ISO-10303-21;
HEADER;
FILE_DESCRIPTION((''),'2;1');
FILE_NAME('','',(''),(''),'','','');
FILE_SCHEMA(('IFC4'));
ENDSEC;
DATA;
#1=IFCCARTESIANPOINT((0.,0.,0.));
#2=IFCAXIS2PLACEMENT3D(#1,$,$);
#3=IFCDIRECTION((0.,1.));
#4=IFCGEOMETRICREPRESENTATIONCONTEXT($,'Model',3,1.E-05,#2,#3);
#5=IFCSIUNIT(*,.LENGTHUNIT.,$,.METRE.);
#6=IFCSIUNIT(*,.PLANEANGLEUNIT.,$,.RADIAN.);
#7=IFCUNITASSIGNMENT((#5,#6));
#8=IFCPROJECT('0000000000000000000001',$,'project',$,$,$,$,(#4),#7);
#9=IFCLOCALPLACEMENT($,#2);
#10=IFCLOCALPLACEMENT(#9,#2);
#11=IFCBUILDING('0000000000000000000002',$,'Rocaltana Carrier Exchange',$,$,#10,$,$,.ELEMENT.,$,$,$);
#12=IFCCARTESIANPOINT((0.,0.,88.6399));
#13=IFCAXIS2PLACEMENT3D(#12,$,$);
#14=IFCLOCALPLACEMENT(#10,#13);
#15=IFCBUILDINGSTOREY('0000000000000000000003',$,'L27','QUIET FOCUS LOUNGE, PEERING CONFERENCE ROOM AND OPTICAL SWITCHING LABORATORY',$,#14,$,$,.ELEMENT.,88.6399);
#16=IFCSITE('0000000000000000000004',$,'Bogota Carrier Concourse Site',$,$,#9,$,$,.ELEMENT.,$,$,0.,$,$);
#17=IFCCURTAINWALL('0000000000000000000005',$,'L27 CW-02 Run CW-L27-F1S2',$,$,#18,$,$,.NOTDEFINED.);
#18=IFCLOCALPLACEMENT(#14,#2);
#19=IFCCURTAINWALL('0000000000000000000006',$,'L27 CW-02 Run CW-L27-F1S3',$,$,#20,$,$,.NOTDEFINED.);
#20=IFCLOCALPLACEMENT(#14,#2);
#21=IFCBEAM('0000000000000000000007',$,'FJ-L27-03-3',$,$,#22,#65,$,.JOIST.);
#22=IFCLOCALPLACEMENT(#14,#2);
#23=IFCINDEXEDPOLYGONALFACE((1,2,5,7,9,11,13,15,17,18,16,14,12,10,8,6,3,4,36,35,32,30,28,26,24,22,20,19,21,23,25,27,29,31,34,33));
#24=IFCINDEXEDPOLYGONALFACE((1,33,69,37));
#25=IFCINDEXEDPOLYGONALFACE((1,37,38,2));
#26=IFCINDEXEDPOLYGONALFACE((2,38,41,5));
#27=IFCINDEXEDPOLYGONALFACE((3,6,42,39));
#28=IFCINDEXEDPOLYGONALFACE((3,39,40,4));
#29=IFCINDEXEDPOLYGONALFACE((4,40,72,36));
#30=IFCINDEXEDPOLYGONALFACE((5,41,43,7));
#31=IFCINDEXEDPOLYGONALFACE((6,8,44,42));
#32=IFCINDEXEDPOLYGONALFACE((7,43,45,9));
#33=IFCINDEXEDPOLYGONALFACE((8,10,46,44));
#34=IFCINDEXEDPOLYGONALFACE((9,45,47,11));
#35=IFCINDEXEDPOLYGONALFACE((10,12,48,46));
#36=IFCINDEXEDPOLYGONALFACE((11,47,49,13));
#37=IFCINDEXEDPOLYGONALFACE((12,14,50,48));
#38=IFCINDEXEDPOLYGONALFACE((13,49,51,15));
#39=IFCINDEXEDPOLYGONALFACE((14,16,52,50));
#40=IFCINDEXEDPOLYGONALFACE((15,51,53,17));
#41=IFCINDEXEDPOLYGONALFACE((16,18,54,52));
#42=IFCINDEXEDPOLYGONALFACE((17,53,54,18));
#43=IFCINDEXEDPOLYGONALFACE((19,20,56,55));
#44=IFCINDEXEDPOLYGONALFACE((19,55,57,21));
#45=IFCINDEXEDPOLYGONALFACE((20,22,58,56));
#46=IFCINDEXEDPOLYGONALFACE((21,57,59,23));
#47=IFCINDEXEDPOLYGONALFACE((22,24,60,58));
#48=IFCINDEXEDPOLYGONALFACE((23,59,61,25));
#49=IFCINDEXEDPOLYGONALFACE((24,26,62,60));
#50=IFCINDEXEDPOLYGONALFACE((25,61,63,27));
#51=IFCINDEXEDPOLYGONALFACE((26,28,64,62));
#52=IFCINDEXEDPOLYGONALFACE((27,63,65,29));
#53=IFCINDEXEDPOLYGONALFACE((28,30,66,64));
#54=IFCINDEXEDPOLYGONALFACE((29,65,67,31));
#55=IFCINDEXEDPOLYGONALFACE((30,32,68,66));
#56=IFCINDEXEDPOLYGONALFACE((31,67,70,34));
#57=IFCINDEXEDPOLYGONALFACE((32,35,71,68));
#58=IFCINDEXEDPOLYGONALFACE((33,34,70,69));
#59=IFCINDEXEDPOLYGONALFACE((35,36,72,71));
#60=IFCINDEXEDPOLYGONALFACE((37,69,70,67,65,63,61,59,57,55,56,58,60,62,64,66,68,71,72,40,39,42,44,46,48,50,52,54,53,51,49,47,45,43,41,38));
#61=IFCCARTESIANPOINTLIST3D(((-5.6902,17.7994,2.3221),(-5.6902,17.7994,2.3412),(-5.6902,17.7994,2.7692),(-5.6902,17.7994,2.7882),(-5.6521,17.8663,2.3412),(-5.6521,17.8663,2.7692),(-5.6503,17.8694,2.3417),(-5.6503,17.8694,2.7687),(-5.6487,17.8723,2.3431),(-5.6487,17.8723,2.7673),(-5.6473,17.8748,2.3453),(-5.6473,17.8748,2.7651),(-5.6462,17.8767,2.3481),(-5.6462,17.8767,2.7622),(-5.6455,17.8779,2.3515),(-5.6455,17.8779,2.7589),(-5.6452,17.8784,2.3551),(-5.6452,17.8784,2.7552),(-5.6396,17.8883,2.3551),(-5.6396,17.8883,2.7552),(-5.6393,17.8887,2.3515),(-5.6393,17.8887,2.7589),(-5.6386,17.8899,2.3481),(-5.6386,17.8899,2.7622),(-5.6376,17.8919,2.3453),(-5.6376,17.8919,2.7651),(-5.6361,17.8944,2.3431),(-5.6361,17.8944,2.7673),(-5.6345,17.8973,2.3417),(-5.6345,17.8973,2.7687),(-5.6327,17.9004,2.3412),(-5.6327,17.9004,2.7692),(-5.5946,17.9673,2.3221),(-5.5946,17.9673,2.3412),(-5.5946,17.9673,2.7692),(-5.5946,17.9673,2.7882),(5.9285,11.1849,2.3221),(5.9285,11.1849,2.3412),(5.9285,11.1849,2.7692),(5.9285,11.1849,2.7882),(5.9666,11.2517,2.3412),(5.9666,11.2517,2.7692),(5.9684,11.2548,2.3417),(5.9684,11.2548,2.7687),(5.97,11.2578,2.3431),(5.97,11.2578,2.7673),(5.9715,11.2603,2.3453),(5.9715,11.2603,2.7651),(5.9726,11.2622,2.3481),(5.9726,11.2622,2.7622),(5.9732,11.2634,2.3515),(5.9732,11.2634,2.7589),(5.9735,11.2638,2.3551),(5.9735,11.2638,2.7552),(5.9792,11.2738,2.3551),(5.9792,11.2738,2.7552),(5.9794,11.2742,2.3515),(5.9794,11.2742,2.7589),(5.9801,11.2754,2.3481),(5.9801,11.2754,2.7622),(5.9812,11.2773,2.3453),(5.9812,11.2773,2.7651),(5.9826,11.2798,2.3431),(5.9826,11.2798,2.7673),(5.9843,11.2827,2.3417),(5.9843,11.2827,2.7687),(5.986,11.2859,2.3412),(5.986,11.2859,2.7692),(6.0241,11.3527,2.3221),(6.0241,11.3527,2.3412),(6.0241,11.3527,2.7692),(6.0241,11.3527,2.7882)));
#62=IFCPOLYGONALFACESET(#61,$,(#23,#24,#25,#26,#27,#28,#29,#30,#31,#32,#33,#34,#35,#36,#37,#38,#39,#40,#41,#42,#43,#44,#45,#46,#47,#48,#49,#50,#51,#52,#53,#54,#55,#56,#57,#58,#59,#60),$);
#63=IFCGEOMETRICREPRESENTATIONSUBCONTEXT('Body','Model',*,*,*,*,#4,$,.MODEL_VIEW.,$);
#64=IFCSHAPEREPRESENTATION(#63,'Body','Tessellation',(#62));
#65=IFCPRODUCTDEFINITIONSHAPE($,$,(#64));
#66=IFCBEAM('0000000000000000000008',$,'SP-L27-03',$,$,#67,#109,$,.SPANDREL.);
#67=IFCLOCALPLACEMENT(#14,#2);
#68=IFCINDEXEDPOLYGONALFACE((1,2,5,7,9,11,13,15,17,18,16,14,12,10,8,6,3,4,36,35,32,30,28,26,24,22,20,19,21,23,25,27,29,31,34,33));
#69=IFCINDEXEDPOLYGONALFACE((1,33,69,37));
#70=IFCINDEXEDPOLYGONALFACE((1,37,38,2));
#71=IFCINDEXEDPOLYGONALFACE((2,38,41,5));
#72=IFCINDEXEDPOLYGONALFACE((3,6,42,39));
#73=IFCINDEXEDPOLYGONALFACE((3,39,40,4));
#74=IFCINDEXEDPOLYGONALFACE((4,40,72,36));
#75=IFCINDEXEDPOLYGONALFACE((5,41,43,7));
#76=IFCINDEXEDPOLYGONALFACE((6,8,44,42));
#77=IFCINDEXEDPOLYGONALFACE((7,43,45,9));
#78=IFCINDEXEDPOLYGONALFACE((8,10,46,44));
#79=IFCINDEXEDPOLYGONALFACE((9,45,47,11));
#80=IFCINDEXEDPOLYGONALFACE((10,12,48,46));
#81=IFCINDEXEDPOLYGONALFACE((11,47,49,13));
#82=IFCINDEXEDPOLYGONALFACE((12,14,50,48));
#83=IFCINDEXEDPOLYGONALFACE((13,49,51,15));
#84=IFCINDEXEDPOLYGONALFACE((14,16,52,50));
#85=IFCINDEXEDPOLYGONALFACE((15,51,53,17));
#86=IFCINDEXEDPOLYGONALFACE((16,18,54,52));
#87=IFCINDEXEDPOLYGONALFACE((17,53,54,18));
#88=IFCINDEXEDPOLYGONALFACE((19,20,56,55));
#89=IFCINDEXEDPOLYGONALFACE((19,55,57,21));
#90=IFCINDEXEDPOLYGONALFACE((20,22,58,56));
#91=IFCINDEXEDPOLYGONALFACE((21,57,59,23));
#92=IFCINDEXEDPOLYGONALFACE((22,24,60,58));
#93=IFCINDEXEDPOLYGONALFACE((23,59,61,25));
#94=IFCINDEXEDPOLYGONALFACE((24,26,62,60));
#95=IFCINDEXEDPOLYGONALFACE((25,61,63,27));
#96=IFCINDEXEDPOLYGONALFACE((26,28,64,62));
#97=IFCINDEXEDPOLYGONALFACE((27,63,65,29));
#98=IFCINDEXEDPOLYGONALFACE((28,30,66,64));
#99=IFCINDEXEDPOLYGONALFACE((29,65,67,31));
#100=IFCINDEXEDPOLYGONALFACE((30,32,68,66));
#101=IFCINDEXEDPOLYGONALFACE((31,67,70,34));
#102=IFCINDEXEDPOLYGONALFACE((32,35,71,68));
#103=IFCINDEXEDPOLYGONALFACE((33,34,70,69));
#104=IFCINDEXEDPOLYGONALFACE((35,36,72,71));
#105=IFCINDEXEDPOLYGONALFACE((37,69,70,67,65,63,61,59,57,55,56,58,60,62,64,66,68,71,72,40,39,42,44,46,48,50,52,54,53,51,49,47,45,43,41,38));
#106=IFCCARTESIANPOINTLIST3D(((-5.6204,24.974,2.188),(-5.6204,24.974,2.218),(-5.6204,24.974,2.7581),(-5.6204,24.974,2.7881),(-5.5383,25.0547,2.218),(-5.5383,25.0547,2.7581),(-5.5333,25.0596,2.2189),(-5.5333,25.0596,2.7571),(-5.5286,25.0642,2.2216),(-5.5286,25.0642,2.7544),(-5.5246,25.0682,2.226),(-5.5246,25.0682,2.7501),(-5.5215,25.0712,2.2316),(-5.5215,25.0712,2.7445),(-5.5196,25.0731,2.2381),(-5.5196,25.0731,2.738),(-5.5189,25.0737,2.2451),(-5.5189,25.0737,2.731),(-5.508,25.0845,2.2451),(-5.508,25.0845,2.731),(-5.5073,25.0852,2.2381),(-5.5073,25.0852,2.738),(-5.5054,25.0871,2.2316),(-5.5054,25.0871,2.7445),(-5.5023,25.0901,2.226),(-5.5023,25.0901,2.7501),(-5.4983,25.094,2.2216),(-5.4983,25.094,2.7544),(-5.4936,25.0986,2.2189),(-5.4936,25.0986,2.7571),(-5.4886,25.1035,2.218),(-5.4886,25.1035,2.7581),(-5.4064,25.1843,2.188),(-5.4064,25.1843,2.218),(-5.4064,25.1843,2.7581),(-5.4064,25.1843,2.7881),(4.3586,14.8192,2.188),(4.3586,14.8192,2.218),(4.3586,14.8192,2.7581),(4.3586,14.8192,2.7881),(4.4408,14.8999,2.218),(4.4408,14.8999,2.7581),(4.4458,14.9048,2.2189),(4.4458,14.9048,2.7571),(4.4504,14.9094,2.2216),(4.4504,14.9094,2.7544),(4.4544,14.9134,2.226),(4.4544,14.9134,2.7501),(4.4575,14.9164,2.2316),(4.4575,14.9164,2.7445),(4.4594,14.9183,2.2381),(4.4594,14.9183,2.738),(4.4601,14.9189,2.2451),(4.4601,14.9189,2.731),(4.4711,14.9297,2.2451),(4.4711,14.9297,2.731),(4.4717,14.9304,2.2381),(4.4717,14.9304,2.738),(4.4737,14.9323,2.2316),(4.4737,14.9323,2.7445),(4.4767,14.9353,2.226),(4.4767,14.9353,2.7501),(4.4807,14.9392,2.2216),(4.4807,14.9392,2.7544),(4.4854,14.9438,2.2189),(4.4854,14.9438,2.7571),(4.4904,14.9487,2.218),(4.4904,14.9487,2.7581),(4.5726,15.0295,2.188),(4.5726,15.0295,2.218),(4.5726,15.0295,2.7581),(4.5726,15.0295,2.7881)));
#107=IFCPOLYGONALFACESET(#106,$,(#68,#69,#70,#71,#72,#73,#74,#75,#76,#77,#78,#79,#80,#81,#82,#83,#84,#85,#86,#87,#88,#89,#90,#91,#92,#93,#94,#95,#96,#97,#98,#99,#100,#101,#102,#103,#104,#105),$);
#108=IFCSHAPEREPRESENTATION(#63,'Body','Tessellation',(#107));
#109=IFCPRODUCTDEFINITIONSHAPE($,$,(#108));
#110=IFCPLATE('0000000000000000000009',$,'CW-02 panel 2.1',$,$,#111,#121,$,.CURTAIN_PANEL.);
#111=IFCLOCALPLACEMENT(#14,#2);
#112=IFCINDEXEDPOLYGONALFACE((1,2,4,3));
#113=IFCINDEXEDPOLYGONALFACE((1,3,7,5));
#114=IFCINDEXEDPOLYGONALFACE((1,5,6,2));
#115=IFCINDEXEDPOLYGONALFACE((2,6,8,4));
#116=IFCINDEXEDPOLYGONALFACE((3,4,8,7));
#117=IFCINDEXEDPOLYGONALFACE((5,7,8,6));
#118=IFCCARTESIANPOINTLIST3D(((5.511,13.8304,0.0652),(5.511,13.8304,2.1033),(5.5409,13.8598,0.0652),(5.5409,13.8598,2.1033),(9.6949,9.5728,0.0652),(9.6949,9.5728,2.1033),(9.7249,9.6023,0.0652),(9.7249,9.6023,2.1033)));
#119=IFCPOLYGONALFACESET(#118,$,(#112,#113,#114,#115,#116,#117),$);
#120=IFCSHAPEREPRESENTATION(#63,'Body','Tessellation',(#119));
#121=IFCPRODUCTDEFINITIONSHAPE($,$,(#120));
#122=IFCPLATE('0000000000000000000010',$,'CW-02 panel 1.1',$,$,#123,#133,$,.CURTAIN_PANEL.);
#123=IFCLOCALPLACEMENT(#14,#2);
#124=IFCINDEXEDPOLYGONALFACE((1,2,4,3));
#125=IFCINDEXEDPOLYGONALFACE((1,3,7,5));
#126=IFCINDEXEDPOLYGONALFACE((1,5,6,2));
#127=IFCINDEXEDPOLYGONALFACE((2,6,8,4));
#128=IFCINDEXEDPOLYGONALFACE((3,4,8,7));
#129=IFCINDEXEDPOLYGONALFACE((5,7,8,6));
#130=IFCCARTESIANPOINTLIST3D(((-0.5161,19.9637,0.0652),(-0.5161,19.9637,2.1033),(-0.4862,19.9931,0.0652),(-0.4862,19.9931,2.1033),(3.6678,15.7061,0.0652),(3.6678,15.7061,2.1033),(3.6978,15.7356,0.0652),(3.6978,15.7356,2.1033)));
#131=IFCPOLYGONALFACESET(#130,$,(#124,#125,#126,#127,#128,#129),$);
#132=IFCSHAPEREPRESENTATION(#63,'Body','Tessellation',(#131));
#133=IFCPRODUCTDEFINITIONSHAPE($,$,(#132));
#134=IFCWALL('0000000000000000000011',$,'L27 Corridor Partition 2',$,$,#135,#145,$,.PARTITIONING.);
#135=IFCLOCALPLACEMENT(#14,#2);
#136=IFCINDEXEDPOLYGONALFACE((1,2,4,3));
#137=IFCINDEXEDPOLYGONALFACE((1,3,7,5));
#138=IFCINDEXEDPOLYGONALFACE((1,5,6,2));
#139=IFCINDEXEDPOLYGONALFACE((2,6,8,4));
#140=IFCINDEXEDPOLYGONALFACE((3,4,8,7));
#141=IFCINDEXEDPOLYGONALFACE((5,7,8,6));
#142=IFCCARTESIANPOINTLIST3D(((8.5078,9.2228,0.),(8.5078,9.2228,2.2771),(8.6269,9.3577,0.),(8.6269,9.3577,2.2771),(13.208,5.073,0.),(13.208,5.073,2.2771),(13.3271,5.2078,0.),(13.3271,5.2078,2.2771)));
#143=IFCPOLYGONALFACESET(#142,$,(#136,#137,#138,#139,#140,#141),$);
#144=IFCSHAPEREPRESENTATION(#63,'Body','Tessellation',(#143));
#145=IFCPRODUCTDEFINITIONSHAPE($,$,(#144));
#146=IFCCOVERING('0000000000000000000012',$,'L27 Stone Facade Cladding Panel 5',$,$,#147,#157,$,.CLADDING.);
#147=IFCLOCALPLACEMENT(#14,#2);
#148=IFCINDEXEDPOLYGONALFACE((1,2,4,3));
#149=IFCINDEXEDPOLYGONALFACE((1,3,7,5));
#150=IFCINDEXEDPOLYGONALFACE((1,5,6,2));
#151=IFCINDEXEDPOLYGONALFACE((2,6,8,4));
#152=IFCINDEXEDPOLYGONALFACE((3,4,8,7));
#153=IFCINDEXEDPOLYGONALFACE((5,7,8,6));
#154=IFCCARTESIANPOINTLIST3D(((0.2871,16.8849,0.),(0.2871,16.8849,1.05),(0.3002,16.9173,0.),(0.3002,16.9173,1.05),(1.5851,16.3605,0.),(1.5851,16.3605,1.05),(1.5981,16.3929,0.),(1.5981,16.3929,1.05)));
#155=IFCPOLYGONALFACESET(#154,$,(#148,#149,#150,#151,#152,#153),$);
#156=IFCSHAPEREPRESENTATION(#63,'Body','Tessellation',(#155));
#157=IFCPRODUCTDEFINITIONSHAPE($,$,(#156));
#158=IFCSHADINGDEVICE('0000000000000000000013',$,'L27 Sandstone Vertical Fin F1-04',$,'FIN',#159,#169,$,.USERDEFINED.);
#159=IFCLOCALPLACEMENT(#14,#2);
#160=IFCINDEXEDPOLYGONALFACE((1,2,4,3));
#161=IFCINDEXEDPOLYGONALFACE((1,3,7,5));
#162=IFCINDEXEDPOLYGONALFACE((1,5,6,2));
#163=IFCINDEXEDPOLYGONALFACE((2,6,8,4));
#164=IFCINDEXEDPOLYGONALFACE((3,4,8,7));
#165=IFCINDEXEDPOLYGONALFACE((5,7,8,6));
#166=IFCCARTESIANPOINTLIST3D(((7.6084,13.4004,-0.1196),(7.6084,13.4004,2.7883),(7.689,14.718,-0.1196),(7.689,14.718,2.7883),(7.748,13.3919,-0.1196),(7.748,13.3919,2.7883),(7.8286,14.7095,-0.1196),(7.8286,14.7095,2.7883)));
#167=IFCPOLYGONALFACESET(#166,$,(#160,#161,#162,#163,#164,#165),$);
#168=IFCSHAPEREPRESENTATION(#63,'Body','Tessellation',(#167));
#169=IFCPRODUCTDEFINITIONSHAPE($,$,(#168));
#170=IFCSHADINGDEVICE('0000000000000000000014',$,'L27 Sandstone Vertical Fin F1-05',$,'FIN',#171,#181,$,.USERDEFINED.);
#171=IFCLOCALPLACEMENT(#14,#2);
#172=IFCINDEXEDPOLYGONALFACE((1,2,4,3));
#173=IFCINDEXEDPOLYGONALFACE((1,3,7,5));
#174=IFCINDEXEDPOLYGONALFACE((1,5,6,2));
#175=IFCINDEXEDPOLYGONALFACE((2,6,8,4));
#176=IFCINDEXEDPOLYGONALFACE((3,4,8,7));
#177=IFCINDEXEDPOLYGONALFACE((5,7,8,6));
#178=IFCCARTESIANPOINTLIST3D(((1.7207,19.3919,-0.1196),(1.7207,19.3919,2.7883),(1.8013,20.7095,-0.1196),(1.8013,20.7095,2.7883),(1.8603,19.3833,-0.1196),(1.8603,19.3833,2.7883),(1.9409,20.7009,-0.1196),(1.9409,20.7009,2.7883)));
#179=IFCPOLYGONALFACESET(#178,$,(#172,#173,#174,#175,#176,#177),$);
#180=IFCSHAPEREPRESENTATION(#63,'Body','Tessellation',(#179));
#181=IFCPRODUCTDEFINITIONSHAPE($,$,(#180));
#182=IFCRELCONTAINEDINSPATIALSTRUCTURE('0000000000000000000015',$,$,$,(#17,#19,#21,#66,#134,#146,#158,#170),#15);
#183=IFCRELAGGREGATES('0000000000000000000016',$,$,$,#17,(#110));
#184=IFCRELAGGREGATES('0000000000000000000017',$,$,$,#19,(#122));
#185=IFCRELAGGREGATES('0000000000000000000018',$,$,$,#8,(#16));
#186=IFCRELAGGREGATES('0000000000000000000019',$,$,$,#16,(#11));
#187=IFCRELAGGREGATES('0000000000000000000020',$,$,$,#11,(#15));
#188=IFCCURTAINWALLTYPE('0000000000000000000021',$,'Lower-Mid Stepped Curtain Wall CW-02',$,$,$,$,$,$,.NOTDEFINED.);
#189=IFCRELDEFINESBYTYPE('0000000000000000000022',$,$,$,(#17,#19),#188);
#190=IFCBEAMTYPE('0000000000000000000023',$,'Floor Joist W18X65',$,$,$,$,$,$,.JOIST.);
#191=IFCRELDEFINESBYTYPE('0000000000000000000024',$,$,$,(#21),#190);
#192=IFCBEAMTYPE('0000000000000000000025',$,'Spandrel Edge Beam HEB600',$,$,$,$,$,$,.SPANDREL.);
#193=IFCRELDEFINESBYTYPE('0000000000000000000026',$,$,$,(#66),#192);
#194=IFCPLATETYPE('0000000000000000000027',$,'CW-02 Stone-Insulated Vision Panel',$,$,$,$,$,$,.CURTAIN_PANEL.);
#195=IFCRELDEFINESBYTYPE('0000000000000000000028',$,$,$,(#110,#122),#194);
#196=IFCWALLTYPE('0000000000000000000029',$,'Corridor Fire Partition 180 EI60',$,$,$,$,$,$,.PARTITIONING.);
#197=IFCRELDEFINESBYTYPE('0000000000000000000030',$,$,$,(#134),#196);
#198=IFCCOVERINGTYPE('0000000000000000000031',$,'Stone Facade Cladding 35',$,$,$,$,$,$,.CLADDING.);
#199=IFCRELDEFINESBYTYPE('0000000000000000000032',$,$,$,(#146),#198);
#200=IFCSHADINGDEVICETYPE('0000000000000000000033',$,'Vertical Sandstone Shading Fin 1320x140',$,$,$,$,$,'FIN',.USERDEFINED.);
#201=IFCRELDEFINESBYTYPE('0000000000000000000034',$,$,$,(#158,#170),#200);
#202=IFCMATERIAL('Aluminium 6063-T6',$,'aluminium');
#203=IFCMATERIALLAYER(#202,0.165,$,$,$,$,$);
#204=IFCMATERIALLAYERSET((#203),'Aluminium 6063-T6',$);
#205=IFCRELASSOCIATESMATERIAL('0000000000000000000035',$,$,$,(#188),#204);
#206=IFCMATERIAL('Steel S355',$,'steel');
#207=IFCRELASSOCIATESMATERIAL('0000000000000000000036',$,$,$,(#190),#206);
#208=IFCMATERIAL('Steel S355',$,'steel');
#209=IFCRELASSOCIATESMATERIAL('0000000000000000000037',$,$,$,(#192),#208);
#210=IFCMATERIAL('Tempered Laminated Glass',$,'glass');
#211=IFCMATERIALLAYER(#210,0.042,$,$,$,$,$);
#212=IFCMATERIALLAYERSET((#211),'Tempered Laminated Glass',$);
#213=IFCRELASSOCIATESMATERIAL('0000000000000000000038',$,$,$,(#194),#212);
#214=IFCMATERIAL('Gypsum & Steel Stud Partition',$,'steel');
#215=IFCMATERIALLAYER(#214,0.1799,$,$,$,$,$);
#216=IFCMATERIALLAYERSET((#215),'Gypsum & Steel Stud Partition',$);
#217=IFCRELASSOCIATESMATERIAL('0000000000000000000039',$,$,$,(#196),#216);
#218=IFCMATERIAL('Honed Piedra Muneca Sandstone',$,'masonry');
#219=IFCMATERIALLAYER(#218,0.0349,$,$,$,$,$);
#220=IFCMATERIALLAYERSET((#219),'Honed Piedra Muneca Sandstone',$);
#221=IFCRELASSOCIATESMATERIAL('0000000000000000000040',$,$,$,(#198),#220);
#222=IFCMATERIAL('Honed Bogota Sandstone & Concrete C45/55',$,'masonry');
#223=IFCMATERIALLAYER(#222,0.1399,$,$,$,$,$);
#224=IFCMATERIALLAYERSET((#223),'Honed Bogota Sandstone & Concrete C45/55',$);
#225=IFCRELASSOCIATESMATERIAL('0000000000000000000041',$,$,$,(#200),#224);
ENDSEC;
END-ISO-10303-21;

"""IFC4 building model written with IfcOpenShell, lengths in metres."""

from ifc_helpers import new_model, si_unit, direction, frame, frame_2d, origin, origin_2d, place, context, subcontext, project, spatial, rectangle, i_section, extrude, material, layer, layer_set, material_profile, profile_set, type_object, element, aggregate, save


model = new_model("IFC4")

# Units and contexts
model_context = context("Model", 3, precision=1e-05, world=origin(), true_north=direction((0.0, 1.0)))
body_context = subcontext(model_context, "Body", "Model", "MODEL_VIEW")
ifc_project = project(units=[si_unit("LENGTHUNIT", "METRE"), si_unit("PLANEANGLEUNIT", "RADIAN")], contexts=[model_context])

# Site, building, storey
site_placement = place(None, origin())
site = spatial("IfcSite", under=ifc_project, at=site_placement, Name="Bogota Carrier Concourse Site", CompositionType="ELEMENT", RefElevation=0.0)
building_placement = place(site_placement, origin())
building = spatial("IfcBuilding", under=site, at=building_placement, Name="Rocaltana Carrier Exchange", CompositionType="ELEMENT")
storey_placement = place(building_placement, frame((0.0, 0.0, 88.6399)))
storey = spatial("IfcBuildingStorey", under=building, at=storey_placement, Name="L27", Description="QUIET FOCUS LOUNGE, PEERING CONFERENCE ROOM AND OPTICAL SWITCHING LABORATORY", CompositionType="ELEMENT", Elevation=88.6399)

# Curtain walls
ifc_material_1 = material(Name="Aluminium 6063-T6", Category="aluminium")
ifc_layer_1 = layer(ifc_material_1, 0.165)
ifc_layer_set_1 = layer_set([ifc_layer_1], Name="Aluminium 6063-T6")
curtain_wall_type = type_object("IfcCurtainWallType", Name="Lower-Mid Stepped Curtain Wall CW-02", PredefinedType="NOTDEFINED", material=ifc_layer_set_1)
curtain_wall_1_placement = place(storey_placement, origin())
curtain_wall_1 = element("IfcCurtainWall", 1, at=curtain_wall_1_placement, inside=storey, type_object=curtain_wall_type, Name="L27 CW-02 Run CW-L27-F1S2", PredefinedType="NOTDEFINED")
curtain_wall_2_placement = place(storey_placement, origin())
curtain_wall_2 = element("IfcCurtainWall", 2, at=curtain_wall_2_placement, inside=storey, type_object=curtain_wall_type, Name="L27 CW-02 Run CW-L27-F1S3", PredefinedType="NOTDEFINED")

# Beams
ifc_material_2 = material(Name="Steel S355", Category="steel")
ifc_material_profile_1 = material_profile(ifc_material_2, i_section(OverallWidth=0.1931, OverallDepth=0.4661, WebThickness=0.0115, FlangeThickness=0.019, FilletRadius=0.0139, at=origin_2d()), Name="W18X65")
ifc_profile_set_1 = profile_set([ifc_material_profile_1], Name="Steel S355")
beam_type_1 = type_object("IfcBeamType", Name="Floor Joist W18X65", PredefinedType="JOIST", material=ifc_profile_set_1)
beam_1_placement = place(storey_placement, frame((5.9763, 11.2688, 2.5552), z_axis=(-0.869039, 0.494744, 0.0), x_axis=(-0.494744, -0.869039, 0.0)))
element("IfcBeam", 3, at=beam_1_placement, inside=storey, type_object=beam_type_1, Name="FJ-L27-03-3", PredefinedType="JOIST", context=body_context, shape_type="SweptSolid", body=[
    extrude(i_section(OverallWidth=0.1931, OverallDepth=0.4661, WebThickness=0.0115, FlangeThickness=0.019, FilletRadius=0.0139, at=origin_2d()), origin(), (0.0, 0.0, 1.0), 13.3696),
])
ifc_material_3 = material(Name="Steel S355", Category="steel")
ifc_material_profile_2 = material_profile(ifc_material_3, i_section(OverallWidth=0.3, OverallDepth=0.6001, WebThickness=0.0154, FlangeThickness=0.03, FilletRadius=0.0271, at=origin_2d()), Name="HEB600")
ifc_profile_set_2 = profile_set([ifc_material_profile_2], Name="Steel S355")
beam_type_2 = type_object("IfcBeamType", Name="Spandrel Edge Beam HEB600", PredefinedType="SPANDREL", material=ifc_profile_set_2)
beam_2_placement = place(storey_placement, frame((4.4656, 14.9243, 2.488), z_axis=(-0.700907, 0.713253, 0.0), x_axis=(-0.713253, -0.700907, 0.0)))
element("IfcBeam", 4, at=beam_2_placement, inside=storey, type_object=beam_type_2, Name="SP-L27-03", PredefinedType="SPANDREL", context=body_context, shape_type="SweptSolid", body=[
    extrude(i_section(OverallWidth=0.3, OverallDepth=0.6001, WebThickness=0.0154, FlangeThickness=0.03, FilletRadius=0.0271, at=origin_2d()), origin(), (0.0, 0.0, 1.0), 14.2373),
])

# Plates
ifc_material_4 = material(Name="Tempered Laminated Glass", Category="glass")
ifc_layer_2 = layer(ifc_material_4, 0.042)
ifc_layer_set_2 = layer_set([ifc_layer_2], Name="Tempered Laminated Glass")
plate_type = type_object("IfcPlateType", Name="CW-02 Stone-Insulated Vision Panel", PredefinedType="CURTAIN_PANEL", material=ifc_layer_set_2)
plate_1_placement = place(storey_placement, frame((7.6179, 11.7163, 0.0652), z_axis=(0.0, 0.0, 1.0), x_axis=(-0.700915, 0.713245, 0.0)))
plate_1 = element("IfcPlate", 5, at=plate_1_placement, type_object=plate_type, Name="CW-02 panel 2.1", PredefinedType="CURTAIN_PANEL", context=body_context, shape_type="SweptSolid", body=[
    extrude(rectangle(XDim=5.9692, YDim=0.042, at=origin_2d()), origin(), (0.0, 0.0, 1.0), 2.0381),
])
aggregate(curtain_wall_1, [plate_1])
plate_2_placement = place(storey_placement, frame((1.5908, 17.8496, 0.0652), z_axis=(0.0, 0.0, 1.0), x_axis=(-0.700915, 0.713245, 0.0)))
plate_2 = element("IfcPlate", 6, at=plate_2_placement, type_object=plate_type, Name="CW-02 panel 1.1", PredefinedType="CURTAIN_PANEL", context=body_context, shape_type="SweptSolid", body=[
    extrude(rectangle(XDim=5.9692, YDim=0.042, at=origin_2d()), origin(), (0.0, 0.0, 1.0), 2.0381),
])
aggregate(curtain_wall_2, [plate_2])

# Wall
ifc_material_5 = material(Name="Gypsum & Steel Stud Partition", Category="steel")
ifc_layer_3 = layer(ifc_material_5, 0.1799)
ifc_layer_set_3 = layer_set([ifc_layer_3], Name="Gypsum & Steel Stud Partition")
wall_type = type_object("IfcWallType", Name="Corridor Fire Partition 180 EI60", PredefinedType="PARTITIONING", material=ifc_layer_set_3)
wall_placement = place(storey_placement, frame((8.5674, 9.2903, 0.0), z_axis=(0.0, 0.0, 1.0), x_axis=(0.749626, -0.661861, 0.0)))
element("IfcWall", 7, at=wall_placement, inside=storey, type_object=wall_type, Name="L27 Corridor Partition 2", PredefinedType="PARTITIONING", context=body_context, shape_type="SweptSolid", body=[
    extrude(rectangle(XDim=6.27, YDim=0.1799, at=frame_2d((3.135, 0.0))), origin(), (0.0, 0.0, 1.0), 2.2771),
])

# Covering
ifc_material_6 = material(Name="Honed Piedra Muneca Sandstone", Category="masonry")
ifc_layer_4 = layer(ifc_material_6, 0.0349)
ifc_layer_set_4 = layer_set([ifc_layer_4], Name="Honed Piedra Muneca Sandstone")
covering_type = type_object("IfcCoveringType", Name="Stone Facade Cladding 35", PredefinedType="CLADDING", material=ifc_layer_set_4)
covering_placement = place(storey_placement, frame((0.9426, 16.6389, 0.0), z_axis=(0.0, 0.0, 1.0), x_axis=(-0.927184, 0.374607, 0.0)))
element("IfcCovering", 8, at=covering_placement, inside=storey, type_object=covering_type, Name="L27 Stone Facade Cladding Panel 5", PredefinedType="CLADDING", context=body_context, shape_type="SweptSolid", body=[
    extrude(rectangle(XDim=1.3999, YDim=0.0349, at=origin_2d()), origin(), (0.0, 0.0, 1.0), 1.05),
])

# Shading devices
ifc_material_7 = material(Name="Honed Bogota Sandstone & Concrete C45/55", Category="masonry")
ifc_layer_5 = layer(ifc_material_7, 0.1399)
ifc_layer_set_5 = layer_set([ifc_layer_5], Name="Honed Bogota Sandstone & Concrete C45/55")
shading_device_type = type_object("IfcShadingDeviceType", Name="Vertical Sandstone Shading Fin 1320x140", ElementType="FIN", PredefinedType="USERDEFINED", material=ifc_layer_set_5)
for number, where, z_axis, x_axis, name in (
    (9, (7.7185, 14.0549, -0.1196), (0.0, 0.0, 1.0), (0.061049, 0.998135, 0.0), "L27 Sandstone Vertical Fin F1-04"),
    (10, (1.8308, 20.0464, -0.1196), (0.0, 0.0, 1.0), (0.061049, 0.998135, 0.0), "L27 Sandstone Vertical Fin F1-05"),
):
    element("IfcShadingDevice", number, at=place(storey_placement, frame(where, z_axis=z_axis, x_axis=x_axis)), inside=storey, type_object=shading_device_type, Name=name, ObjectType="FIN", PredefinedType="USERDEFINED", context=body_context, shape_type="SweptSolid", body=[
        extrude(rectangle(XDim=1.3201, YDim=0.1399, at=origin_2d()), origin(), (0.0, 0.0, 1.0), 2.908),
    ])

save(model, "model.ifc")
